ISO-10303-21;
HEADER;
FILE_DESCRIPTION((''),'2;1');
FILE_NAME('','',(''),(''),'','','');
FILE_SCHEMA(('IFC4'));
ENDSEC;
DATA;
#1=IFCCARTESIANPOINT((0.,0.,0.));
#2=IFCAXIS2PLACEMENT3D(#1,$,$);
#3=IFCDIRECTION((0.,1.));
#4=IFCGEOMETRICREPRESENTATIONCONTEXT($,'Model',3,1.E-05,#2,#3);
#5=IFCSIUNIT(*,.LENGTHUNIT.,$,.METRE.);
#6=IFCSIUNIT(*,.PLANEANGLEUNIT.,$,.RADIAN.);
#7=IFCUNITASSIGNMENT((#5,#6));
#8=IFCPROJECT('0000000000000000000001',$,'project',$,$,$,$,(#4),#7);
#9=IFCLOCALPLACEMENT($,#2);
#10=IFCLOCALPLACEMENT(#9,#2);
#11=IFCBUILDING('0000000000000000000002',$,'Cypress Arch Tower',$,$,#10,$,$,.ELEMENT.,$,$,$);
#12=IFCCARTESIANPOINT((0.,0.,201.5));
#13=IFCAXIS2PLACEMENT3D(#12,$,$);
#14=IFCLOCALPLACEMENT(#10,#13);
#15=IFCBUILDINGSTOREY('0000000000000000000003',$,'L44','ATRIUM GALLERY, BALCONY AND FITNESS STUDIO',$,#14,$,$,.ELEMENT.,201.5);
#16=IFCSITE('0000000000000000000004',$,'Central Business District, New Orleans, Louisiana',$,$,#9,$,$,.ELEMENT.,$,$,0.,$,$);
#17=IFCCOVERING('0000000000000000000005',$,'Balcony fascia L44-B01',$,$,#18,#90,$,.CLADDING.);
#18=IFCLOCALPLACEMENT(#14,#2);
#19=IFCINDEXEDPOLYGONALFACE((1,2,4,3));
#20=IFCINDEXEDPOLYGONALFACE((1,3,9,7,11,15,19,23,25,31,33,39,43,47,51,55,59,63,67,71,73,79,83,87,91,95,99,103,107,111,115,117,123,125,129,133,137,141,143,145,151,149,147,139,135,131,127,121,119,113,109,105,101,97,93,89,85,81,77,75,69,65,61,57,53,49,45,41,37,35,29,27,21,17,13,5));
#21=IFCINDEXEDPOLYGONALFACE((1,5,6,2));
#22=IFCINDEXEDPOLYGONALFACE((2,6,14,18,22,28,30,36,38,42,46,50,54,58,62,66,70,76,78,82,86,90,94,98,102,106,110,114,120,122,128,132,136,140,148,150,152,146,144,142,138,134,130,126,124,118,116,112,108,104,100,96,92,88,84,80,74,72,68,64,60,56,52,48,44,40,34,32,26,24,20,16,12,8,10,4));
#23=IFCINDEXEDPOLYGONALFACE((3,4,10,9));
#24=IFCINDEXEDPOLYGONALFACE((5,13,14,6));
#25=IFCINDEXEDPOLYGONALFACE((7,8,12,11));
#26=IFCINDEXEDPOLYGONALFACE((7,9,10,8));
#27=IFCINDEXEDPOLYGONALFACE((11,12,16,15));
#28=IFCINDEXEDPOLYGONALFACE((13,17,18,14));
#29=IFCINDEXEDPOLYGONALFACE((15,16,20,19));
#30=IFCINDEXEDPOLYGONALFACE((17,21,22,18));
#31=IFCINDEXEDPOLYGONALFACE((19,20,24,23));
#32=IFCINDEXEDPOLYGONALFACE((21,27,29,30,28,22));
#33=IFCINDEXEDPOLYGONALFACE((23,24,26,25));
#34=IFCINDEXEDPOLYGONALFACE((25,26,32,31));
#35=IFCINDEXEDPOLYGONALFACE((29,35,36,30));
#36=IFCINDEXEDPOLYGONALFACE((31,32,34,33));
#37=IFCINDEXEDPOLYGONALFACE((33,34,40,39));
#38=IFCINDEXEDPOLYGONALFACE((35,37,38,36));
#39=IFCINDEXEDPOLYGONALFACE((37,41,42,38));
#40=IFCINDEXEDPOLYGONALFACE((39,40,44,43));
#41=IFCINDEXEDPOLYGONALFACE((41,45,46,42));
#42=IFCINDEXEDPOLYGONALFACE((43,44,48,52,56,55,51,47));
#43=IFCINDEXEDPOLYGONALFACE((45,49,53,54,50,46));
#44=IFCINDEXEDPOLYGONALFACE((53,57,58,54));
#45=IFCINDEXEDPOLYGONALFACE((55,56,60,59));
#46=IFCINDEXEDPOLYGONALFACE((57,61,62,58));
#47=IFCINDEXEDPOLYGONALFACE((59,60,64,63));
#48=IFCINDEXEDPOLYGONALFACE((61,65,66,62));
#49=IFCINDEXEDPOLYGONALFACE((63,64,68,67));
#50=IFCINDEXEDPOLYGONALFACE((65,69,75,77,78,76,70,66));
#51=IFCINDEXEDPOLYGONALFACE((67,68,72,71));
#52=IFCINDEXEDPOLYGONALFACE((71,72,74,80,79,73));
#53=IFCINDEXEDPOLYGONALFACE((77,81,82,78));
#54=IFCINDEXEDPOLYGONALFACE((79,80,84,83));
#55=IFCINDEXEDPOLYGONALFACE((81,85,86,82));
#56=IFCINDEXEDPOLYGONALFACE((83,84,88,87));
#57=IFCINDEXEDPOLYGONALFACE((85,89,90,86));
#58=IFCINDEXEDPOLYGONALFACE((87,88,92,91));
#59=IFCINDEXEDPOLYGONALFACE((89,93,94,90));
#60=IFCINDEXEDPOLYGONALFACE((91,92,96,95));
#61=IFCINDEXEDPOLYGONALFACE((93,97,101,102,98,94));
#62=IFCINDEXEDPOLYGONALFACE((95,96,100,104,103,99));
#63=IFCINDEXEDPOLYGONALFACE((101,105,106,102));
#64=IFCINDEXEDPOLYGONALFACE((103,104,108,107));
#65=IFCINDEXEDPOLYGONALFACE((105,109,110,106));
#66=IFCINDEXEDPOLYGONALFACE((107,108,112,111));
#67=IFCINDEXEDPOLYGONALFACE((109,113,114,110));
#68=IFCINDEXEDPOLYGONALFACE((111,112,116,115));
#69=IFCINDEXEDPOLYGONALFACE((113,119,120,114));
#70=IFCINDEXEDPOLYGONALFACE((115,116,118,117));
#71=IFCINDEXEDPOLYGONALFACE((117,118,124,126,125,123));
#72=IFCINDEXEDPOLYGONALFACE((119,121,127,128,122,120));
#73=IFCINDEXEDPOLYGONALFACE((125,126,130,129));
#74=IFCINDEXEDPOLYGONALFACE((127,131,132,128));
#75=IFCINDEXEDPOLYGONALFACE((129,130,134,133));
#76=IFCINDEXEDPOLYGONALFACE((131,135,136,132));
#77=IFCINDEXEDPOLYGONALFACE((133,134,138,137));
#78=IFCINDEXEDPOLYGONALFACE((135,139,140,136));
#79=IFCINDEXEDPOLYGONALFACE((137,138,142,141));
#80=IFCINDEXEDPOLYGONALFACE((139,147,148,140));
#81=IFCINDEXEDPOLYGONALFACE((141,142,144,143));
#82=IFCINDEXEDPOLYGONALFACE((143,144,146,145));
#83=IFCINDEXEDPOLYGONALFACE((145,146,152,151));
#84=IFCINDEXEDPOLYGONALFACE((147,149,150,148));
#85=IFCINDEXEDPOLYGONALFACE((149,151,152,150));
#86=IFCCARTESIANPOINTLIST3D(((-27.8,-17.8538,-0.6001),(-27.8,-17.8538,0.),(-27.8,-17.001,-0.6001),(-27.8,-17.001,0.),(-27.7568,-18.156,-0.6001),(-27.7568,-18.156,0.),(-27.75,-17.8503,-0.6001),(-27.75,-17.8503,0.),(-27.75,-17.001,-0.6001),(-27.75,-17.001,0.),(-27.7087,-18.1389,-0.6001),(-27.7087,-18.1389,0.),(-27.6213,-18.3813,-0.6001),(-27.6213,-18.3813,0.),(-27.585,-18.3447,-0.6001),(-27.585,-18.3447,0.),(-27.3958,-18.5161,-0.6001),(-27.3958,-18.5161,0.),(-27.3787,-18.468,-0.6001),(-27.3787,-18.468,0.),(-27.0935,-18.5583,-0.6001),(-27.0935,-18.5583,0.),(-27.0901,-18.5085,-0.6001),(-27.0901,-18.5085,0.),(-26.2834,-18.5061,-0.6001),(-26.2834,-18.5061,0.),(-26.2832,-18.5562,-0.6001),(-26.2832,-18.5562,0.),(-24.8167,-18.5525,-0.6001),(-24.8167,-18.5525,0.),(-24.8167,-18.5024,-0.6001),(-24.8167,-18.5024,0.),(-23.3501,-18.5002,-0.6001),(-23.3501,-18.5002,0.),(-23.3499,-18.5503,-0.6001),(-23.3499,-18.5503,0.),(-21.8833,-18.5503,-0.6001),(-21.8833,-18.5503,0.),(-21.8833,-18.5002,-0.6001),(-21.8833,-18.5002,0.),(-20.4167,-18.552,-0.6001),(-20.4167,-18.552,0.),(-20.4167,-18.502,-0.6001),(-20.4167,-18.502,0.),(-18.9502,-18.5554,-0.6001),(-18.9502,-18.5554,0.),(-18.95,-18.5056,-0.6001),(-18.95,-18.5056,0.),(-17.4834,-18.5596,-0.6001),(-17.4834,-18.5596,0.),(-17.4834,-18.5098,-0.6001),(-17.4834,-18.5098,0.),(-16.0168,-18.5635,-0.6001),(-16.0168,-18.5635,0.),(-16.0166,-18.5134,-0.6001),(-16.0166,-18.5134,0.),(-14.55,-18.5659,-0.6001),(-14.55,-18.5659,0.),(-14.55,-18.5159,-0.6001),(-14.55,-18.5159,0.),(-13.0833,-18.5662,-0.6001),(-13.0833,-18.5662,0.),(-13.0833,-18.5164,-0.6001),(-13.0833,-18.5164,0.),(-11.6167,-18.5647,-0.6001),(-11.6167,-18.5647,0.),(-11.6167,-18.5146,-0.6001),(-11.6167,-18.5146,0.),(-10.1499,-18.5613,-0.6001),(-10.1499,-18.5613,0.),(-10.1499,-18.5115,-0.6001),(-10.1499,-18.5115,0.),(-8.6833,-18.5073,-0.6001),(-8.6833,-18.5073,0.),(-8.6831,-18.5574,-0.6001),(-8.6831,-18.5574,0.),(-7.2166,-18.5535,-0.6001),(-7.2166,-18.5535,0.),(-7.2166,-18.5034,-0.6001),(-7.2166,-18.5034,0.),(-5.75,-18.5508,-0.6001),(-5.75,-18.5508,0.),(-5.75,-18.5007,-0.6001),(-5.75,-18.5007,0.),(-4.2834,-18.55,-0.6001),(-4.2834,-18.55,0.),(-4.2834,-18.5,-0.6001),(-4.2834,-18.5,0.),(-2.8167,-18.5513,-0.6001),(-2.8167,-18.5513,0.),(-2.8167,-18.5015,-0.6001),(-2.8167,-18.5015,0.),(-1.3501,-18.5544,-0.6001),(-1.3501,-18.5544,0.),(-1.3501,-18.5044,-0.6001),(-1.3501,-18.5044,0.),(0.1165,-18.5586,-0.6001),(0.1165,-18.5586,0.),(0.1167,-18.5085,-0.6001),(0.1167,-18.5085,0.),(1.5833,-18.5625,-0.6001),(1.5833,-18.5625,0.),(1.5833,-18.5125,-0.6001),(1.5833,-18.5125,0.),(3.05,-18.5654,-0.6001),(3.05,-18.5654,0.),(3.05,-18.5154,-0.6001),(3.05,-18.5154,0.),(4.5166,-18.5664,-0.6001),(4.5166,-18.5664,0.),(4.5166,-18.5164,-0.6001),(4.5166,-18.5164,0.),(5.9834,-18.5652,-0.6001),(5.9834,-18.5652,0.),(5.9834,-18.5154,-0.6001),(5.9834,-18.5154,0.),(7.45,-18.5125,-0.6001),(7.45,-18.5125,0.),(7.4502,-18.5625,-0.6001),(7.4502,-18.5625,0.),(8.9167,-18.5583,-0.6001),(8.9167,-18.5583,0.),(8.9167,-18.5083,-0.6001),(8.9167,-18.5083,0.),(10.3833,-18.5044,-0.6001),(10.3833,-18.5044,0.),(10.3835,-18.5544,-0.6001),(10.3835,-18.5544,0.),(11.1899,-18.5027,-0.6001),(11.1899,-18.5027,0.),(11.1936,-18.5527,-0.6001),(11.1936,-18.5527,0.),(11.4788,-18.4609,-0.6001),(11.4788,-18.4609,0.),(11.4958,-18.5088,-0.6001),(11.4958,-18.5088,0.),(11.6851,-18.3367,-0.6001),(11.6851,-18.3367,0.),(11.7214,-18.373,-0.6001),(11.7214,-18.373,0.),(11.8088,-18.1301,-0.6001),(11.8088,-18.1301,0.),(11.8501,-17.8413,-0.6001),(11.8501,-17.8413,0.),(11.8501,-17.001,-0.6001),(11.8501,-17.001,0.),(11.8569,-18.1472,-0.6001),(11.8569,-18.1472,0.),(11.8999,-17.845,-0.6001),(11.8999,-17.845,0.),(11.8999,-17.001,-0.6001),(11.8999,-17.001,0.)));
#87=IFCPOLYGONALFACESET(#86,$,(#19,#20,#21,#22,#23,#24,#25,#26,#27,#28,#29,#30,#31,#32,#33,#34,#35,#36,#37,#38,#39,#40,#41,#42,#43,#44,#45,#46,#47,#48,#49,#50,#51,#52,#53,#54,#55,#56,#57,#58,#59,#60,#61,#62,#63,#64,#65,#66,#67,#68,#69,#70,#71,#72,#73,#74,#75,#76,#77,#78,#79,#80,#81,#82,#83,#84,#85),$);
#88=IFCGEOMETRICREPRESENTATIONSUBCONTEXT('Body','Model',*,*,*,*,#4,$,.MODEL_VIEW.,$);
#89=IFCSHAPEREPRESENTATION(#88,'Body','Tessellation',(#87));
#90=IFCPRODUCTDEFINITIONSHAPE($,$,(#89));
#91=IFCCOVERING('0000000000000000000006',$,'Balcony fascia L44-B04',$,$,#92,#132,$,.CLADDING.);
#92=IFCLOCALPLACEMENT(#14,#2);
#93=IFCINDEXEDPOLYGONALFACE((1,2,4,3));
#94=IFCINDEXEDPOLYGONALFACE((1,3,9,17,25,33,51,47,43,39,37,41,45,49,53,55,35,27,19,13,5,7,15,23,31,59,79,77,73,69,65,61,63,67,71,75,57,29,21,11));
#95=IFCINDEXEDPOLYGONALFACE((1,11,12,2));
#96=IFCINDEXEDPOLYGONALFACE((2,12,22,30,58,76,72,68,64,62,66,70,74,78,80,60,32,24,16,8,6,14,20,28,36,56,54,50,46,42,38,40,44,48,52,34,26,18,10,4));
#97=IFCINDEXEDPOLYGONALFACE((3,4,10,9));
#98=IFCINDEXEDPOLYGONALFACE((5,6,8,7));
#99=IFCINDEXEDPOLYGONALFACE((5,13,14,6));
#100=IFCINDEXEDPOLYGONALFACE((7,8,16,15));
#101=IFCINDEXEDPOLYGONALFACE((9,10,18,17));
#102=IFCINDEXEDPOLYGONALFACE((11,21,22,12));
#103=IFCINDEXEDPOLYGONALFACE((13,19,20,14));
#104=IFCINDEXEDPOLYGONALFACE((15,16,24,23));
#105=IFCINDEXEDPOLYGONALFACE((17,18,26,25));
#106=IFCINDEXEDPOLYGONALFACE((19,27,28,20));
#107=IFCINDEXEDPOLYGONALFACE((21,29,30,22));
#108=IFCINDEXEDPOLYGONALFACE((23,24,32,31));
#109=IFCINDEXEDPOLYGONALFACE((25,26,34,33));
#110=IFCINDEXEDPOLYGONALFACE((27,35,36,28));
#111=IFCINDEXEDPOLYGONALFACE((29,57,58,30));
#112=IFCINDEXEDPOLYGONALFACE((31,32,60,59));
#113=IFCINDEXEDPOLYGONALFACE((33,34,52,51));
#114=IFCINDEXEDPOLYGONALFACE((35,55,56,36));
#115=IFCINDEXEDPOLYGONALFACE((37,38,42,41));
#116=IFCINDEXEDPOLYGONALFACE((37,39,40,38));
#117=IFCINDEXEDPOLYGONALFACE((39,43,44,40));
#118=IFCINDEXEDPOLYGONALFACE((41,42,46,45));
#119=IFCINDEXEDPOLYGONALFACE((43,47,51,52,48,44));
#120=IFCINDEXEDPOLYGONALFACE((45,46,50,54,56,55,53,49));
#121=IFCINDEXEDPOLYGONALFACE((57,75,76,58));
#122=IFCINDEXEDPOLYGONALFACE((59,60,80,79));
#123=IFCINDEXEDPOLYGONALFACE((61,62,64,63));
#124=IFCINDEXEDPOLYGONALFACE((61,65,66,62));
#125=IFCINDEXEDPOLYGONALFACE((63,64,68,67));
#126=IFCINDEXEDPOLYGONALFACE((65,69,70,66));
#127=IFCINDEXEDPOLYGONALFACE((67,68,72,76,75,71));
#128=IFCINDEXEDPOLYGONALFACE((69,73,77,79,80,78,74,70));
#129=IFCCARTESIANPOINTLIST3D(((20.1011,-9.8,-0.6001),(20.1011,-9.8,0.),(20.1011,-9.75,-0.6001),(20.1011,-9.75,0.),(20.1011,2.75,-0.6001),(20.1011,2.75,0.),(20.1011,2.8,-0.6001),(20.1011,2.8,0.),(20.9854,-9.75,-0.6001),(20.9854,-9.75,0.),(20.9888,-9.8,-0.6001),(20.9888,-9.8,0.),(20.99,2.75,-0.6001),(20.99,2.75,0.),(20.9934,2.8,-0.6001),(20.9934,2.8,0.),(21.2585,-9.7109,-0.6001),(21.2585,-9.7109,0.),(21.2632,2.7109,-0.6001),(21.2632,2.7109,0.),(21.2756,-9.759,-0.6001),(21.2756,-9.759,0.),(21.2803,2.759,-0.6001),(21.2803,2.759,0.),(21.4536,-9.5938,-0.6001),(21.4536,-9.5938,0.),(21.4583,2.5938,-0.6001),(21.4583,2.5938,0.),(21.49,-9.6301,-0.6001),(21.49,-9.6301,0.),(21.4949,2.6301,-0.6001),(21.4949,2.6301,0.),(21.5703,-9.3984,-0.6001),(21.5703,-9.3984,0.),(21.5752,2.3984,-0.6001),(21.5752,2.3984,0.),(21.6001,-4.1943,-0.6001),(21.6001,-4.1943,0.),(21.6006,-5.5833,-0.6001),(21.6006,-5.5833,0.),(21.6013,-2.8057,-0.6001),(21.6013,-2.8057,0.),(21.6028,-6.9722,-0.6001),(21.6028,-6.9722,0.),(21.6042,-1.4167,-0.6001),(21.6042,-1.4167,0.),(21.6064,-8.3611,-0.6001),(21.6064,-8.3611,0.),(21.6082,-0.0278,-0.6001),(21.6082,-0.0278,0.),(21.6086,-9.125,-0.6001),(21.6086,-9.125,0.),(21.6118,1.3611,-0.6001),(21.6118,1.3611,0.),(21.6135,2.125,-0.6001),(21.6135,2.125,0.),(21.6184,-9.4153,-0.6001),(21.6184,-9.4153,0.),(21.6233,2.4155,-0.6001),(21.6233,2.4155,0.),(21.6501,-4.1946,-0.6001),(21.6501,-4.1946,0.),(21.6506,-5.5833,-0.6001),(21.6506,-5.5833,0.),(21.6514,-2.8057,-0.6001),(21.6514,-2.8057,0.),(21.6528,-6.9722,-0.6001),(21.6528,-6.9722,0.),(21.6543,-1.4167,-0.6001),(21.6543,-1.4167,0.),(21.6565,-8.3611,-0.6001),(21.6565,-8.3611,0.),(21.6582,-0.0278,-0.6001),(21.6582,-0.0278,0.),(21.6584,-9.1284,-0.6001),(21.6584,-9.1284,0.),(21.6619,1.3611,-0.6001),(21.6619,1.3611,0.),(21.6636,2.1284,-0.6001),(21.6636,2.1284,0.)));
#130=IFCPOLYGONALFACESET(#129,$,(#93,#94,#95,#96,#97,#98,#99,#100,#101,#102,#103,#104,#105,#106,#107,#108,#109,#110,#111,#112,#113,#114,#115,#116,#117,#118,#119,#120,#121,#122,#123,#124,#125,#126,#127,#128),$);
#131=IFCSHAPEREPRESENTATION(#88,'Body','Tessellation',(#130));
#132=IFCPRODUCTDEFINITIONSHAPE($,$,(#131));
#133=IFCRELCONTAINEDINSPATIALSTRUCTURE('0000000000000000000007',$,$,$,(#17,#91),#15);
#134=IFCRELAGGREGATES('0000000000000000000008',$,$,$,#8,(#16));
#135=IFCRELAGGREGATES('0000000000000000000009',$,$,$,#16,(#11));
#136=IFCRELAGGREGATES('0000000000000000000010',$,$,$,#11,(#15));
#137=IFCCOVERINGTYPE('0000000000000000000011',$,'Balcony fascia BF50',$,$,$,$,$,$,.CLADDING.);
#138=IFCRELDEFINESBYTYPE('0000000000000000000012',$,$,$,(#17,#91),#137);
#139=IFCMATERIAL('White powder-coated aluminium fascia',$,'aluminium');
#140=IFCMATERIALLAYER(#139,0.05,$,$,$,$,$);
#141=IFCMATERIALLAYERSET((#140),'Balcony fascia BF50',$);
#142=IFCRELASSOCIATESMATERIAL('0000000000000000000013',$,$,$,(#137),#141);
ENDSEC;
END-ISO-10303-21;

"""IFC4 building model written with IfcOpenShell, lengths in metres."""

from ifc_helpers import new_model, si_unit, direction, frame, origin, place, context, subcontext, project, spatial, polyline, outline, extrude, material, layer, layer_set, type_object, element, save


model = new_model("IFC4")

# Units and contexts
model_context = context("Model", 3, precision=1e-05, world=origin(), true_north=direction((0.0, 1.0)))
body_context = subcontext(model_context, "Body", "Model", "MODEL_VIEW")
ifc_project = project(units=[si_unit("LENGTHUNIT", "METRE"), si_unit("PLANEANGLEUNIT", "RADIAN")], contexts=[model_context])

# Site, building, storey
site_placement = place(None, origin())
site = spatial("IfcSite", under=ifc_project, at=site_placement, Name="Central Business District, New Orleans, Louisiana", CompositionType="ELEMENT", RefElevation=0.0)
building_placement = place(site_placement, origin())
building = spatial("IfcBuilding", under=site, at=building_placement, Name="Cypress Arch Tower", CompositionType="ELEMENT")
storey_placement = place(building_placement, frame((0.0, 0.0, 201.5)))
storey = spatial("IfcBuildingStorey", under=building, at=storey_placement, Name="L44", Description="ATRIUM GALLERY, BALCONY AND FITNESS STUDIO", CompositionType="ELEMENT", Elevation=201.5)

# Coverings
ifc_material_1 = material(Name="White powder-coated aluminium fascia", Category="aluminium")
ifc_layer_1 = layer(ifc_material_1, 0.05)
ifc_layer_set_1 = layer_set([ifc_layer_1], Name="Balcony fascia BF50")
covering_type_1 = type_object("IfcCoveringType", Name="Balcony fascia BF50", PredefinedType="CLADDING", material=ifc_layer_set_1)
covering_1_placement = place(storey_placement, frame((0.0, 0.0, -0.6001)))
element("IfcCovering", 1, at=covering_1_placement, inside=storey, type_object=covering_type_1, Name="Balcony fascia L44-B01", PredefinedType="CLADDING", context=body_context, shape_type="SweptSolid", body=[
    extrude(outline(polyline([(11.8999, -17.845), (11.8569, -18.1472), (11.7214, -18.373), (11.4958, -18.5088), (11.1936, -18.5527), (10.3835, -18.5544), (8.9167, -18.5583), (7.4502, -18.5625), (5.9834, -18.5652), (4.5166, -18.5664), (3.05, -18.5654), (1.5833, -18.5625), (0.1165, -18.5586), (-1.3501, -18.5544), (-2.8167, -18.5513), (-4.2834, -18.55), (-5.75, -18.5508), (-7.2166, -18.5535), (-8.6831, -18.5574), (-10.1499, -18.5613), (-11.6167, -18.5647), (-13.0833, -18.5662), (-14.55, -18.5659), (-16.0168, -18.5635), (-17.4834, -18.5596), (-18.9502, -18.5554), (-20.4167, -18.552), (-21.8833, -18.5503), (-23.3499, -18.5503), (-24.8167, -18.5525), (-26.2832, -18.5562), (-27.0935, -18.5583), (-27.3958, -18.5161), (-27.6213, -18.3813), (-27.7568, -18.156), (-27.8, -17.8538), (-27.8, -17.001), (-27.75, -17.001), (-27.75, -17.8503), (-27.7087, -18.1389), (-27.585, -18.3447), (-27.3787, -18.468), (-27.0901, -18.5085), (-26.2834, -18.5061), (-24.8167, -18.5024), (-23.3501, -18.5002), (-21.8833, -18.5002), (-20.4167, -18.502), (-18.95, -18.5056), (-17.4834, -18.5098), (-16.0166, -18.5134), (-14.55, -18.5159), (-13.0833, -18.5164), (-11.6167, -18.5146), (-10.1499, -18.5115), (-8.6833, -18.5073), (-7.2166, -18.5034), (-5.75, -18.5007), (-4.2834, -18.5), (-2.8167, -18.5015), (-1.3501, -18.5044), (0.1167, -18.5085), (1.5833, -18.5125), (3.05, -18.5154), (4.5166, -18.5164), (5.9834, -18.5154), (7.45, -18.5125), (8.9167, -18.5083), (10.3833, -18.5044), (11.1899, -18.5027), (11.4788, -18.4609), (11.6851, -18.3367), (11.8088, -18.1301), (11.8501, -17.8413), (11.8501, -17.001), (11.8999, -17.001), (11.8999, -17.845)])), origin(), (0.0, 0.0, 1.0), 0.6001),
])
covering_2_placement = place(storey_placement, frame((0.0, 0.0, -0.6001)))
element("IfcCovering", 2, at=covering_2_placement, inside=storey, type_object=covering_type_1, Name="Balcony fascia L44-B04", PredefinedType="CLADDING", context=body_context, shape_type="SweptSolid", body=[
    extrude(outline(polyline([(20.9934, 2.8), (21.2803, 2.759), (21.4949, 2.6301), (21.6233, 2.4155), (21.6636, 2.1284), (21.6619, 1.3611), (21.6582, -0.0278), (21.6543, -1.4167), (21.6514, -2.8057), (21.6501, -4.1946), (21.6506, -5.5833), (21.6528, -6.9722), (21.6565, -8.3611), (21.6584, -9.1284), (21.6184, -9.4153), (21.49, -9.6301), (21.2756, -9.759), (20.9888, -9.8), (20.1011, -9.8), (20.1011, -9.75), (20.9854, -9.75), (21.2585, -9.7109), (21.4536, -9.5938), (21.5703, -9.3984), (21.6086, -9.125), (21.6064, -8.3611), (21.6028, -6.9722), (21.6006, -5.5833), (21.6001, -4.1943), (21.6013, -2.8057), (21.6042, -1.4167), (21.6082, -0.0278), (21.6118, 1.3611), (21.6135, 2.125), (21.5752, 2.3984), (21.4583, 2.5938), (21.2632, 2.7109), (20.99, 2.75), (20.1011, 2.75), (20.1011, 2.8), (20.9934, 2.8)])), origin(), (0.0, 0.0, 1.0), 0.6001),
])

save(model, "model.ifc")
